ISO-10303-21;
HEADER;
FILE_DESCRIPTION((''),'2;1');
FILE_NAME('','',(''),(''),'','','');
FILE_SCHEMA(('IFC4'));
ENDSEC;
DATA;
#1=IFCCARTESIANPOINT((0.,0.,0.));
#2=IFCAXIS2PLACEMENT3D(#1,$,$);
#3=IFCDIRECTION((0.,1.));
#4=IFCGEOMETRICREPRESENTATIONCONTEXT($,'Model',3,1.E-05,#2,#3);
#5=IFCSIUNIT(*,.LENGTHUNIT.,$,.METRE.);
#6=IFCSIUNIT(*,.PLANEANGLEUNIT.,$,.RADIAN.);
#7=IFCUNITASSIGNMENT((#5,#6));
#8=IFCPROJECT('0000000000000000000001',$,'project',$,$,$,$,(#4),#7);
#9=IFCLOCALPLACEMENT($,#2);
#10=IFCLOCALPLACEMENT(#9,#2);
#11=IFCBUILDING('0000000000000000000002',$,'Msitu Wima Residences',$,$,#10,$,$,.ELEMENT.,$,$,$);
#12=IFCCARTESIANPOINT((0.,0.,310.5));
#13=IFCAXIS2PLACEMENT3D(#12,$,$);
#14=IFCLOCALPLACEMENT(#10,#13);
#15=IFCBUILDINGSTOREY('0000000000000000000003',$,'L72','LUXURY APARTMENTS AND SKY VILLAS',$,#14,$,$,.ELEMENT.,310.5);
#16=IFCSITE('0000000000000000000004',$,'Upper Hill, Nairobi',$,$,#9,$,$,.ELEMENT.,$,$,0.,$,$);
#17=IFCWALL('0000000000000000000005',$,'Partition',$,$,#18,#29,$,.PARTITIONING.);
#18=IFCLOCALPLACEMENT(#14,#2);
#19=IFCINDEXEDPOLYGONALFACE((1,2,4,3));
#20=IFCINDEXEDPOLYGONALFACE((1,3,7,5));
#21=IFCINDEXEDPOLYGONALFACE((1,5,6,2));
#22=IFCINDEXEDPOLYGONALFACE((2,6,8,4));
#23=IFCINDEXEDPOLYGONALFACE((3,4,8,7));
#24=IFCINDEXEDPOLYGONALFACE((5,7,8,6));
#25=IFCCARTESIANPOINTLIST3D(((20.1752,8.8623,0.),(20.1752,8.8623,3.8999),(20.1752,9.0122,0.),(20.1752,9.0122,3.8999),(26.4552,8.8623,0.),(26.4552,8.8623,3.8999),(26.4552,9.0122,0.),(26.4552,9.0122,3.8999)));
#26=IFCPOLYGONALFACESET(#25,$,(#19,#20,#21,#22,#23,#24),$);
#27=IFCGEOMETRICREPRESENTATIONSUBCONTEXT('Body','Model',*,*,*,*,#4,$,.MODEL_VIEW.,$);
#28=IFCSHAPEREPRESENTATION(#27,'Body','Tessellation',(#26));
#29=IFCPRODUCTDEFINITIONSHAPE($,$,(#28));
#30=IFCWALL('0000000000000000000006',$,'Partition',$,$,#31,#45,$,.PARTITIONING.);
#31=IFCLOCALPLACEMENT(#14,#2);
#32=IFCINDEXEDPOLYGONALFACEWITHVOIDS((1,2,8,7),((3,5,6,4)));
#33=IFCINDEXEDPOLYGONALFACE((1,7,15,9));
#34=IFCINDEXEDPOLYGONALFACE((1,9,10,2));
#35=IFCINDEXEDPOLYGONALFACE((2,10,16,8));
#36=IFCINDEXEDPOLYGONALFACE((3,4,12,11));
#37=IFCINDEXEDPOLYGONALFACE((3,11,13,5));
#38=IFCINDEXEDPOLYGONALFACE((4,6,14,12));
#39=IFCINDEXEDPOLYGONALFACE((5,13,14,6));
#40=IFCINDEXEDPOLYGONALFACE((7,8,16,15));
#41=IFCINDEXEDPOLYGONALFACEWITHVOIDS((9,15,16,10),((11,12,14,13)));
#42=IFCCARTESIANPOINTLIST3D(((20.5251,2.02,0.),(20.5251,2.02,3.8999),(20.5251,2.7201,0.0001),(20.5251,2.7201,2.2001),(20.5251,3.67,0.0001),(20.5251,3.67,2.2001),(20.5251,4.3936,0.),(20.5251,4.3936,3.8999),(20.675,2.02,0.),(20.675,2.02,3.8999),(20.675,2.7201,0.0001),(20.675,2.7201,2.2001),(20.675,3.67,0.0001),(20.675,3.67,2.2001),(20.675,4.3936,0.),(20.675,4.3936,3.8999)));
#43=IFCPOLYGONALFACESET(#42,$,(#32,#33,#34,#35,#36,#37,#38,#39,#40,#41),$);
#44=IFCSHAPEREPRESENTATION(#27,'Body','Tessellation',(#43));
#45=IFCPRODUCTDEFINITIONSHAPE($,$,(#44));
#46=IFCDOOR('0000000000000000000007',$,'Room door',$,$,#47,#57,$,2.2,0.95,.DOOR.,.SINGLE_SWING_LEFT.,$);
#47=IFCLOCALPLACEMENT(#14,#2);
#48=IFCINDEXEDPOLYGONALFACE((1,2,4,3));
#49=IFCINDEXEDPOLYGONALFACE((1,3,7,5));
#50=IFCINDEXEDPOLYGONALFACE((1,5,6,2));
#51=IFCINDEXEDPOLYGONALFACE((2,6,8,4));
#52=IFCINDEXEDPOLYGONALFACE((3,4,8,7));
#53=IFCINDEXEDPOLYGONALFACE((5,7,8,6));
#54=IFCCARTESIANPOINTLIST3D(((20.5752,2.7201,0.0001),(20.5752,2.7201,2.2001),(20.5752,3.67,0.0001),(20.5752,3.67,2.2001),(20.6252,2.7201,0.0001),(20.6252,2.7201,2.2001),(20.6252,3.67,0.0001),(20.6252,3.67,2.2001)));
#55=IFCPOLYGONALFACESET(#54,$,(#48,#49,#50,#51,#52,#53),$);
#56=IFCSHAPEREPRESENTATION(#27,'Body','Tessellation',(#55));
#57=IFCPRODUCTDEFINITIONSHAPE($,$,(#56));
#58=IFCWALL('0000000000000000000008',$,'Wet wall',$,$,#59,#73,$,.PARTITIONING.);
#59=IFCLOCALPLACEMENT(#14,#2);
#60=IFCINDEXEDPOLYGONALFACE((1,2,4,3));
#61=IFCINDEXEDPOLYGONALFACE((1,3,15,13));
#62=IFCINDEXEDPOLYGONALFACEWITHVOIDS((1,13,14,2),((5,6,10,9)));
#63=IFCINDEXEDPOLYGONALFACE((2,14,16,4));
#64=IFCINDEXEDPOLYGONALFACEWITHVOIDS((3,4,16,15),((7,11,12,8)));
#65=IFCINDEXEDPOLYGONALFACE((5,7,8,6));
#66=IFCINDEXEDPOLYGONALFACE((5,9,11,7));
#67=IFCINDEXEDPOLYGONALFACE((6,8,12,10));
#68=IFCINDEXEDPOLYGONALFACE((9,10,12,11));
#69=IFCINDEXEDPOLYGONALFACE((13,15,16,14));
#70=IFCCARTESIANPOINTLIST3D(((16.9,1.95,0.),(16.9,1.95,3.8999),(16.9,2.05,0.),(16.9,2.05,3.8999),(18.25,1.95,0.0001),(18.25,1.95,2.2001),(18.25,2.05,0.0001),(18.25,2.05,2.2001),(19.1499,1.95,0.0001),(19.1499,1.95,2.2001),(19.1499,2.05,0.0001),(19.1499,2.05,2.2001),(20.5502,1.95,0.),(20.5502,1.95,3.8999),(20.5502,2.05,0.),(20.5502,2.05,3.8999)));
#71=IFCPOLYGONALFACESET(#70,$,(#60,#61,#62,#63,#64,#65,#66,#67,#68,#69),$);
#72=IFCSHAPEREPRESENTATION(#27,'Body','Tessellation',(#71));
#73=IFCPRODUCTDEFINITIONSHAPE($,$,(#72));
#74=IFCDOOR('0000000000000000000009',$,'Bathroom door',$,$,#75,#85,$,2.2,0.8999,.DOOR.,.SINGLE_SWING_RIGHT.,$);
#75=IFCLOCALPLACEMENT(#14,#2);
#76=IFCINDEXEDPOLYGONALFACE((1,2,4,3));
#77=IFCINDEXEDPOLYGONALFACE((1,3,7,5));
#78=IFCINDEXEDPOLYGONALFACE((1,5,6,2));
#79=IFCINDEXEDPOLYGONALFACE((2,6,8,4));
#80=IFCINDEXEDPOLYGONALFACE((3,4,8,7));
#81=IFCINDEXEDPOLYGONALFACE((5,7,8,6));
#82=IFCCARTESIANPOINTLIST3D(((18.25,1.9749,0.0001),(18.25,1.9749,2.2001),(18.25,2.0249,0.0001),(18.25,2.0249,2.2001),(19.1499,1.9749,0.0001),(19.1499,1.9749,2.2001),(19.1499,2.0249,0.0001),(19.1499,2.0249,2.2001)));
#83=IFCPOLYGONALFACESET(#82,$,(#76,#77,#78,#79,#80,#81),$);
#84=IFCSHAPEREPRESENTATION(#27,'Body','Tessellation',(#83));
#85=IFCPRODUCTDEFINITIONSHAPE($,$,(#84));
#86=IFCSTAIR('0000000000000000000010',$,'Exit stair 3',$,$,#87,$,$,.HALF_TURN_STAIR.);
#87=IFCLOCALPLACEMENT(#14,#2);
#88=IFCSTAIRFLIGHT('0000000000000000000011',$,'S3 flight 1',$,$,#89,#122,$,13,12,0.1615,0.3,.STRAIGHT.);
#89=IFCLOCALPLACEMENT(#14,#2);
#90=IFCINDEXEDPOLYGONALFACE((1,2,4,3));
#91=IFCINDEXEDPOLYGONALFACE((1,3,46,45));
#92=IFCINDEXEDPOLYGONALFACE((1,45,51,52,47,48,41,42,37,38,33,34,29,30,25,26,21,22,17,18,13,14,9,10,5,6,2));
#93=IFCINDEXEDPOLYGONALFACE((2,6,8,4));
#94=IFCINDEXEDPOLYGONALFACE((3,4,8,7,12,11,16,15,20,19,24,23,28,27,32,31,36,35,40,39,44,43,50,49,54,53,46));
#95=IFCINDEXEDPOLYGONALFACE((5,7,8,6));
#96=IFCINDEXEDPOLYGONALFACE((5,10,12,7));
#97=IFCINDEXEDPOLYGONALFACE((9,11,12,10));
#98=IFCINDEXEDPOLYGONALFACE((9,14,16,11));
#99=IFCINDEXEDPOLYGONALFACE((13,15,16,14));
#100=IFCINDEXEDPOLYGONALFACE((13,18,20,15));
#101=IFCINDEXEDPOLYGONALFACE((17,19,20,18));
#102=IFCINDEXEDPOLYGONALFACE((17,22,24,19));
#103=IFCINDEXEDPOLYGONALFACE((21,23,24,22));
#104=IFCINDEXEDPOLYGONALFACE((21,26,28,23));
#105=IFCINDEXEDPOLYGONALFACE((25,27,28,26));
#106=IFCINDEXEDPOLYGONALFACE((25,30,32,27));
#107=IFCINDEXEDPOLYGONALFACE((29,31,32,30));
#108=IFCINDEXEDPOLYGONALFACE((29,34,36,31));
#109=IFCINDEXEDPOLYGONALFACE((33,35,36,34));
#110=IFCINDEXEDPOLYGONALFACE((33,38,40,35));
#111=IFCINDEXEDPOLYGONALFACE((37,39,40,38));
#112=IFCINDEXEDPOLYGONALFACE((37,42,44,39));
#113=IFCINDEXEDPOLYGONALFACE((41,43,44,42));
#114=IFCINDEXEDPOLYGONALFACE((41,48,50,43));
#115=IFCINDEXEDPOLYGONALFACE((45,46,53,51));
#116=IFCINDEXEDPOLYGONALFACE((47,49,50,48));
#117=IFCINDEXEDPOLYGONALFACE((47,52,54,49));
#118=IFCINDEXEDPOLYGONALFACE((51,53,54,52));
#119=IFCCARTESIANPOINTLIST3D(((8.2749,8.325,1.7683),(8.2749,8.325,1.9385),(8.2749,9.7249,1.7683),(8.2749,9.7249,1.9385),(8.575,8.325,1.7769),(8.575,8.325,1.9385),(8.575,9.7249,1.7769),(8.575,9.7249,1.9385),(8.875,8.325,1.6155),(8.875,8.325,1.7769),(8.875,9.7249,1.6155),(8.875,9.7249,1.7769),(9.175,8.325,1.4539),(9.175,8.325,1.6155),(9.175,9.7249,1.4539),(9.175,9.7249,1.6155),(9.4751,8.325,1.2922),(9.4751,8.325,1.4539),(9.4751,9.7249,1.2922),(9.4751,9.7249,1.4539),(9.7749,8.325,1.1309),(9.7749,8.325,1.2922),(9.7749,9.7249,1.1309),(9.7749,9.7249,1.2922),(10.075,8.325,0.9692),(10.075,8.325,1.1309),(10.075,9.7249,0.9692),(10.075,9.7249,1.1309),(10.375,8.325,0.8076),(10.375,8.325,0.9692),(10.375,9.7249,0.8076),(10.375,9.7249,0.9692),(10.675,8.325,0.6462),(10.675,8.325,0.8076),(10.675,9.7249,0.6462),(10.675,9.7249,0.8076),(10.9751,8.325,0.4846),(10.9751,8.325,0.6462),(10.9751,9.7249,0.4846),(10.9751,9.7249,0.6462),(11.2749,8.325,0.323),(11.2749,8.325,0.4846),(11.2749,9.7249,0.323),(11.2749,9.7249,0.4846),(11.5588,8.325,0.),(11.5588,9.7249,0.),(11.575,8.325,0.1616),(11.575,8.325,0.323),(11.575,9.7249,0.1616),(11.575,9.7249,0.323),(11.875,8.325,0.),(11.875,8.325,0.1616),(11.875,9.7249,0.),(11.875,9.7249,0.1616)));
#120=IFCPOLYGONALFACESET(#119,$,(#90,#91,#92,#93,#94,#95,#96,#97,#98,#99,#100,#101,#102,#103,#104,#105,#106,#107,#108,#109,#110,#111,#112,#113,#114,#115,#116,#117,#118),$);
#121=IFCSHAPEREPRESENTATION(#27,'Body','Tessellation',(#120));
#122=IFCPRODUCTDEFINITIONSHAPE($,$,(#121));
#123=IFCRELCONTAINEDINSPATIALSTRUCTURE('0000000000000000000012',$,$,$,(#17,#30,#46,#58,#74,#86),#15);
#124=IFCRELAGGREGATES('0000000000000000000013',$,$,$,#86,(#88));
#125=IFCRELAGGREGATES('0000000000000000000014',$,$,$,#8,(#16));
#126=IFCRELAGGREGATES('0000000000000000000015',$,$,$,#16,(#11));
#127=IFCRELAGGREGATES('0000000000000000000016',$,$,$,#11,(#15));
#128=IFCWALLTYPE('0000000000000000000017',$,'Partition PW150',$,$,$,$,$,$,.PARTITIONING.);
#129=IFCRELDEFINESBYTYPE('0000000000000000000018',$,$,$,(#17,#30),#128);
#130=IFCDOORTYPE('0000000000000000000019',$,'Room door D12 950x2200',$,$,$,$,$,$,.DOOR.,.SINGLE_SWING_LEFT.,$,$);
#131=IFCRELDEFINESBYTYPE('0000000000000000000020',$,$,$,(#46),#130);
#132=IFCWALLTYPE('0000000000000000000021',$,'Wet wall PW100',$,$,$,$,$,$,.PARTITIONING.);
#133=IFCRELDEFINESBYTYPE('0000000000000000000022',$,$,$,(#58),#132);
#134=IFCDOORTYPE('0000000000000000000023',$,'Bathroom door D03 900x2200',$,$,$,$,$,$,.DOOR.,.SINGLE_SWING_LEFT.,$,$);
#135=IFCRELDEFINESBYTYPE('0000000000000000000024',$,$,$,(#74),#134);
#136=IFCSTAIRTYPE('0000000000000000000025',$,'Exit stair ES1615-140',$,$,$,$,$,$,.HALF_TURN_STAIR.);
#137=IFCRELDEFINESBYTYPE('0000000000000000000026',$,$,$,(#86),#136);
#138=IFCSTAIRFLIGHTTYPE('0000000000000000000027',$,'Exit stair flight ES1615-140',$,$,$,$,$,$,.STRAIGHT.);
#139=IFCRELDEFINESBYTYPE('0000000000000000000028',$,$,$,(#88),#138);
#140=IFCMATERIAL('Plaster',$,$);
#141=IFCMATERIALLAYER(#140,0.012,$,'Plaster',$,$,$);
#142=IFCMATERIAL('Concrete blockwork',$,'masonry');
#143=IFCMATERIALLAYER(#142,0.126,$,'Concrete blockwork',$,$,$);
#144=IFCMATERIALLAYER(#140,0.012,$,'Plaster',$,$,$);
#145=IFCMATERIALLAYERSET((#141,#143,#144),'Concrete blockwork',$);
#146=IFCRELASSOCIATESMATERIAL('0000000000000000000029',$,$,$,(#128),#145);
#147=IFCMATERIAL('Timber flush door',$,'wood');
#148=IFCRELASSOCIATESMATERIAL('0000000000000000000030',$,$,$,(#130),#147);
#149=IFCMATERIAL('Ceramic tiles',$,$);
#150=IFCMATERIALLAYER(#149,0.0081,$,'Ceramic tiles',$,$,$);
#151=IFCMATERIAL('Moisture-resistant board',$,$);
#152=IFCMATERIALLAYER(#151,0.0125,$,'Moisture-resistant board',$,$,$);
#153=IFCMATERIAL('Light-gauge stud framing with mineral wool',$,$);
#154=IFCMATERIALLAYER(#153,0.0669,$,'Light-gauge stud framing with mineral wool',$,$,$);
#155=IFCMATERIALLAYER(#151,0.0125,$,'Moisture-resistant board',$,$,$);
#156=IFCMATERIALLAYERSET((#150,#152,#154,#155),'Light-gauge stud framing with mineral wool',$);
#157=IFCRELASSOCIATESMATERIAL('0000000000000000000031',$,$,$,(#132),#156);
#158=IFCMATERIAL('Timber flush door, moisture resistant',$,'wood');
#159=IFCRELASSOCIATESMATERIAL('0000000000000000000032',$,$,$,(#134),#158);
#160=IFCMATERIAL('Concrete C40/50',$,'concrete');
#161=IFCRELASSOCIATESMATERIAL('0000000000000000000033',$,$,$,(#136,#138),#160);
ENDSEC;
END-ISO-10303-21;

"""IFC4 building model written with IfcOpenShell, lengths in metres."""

from ifc_helpers import new_model, si_unit, direction, frame, frame_2d, origin, place, context, subcontext, project, spatial, polyline, rectangle, outline, extrude, material, layer, layer_set, type_object, element, fill, aggregate, save


model = new_model("IFC4")

# Units and contexts
model_context = context("Model", 3, precision=1e-05, world=origin(), true_north=direction((0.0, 1.0)))
body_context = subcontext(model_context, "Body", "Model", "MODEL_VIEW")
ifc_project = project(units=[si_unit("LENGTHUNIT", "METRE"), si_unit("PLANEANGLEUNIT", "RADIAN")], contexts=[model_context])

# Site, building, storey
site_placement = place(None, origin())
site = spatial("IfcSite", under=ifc_project, at=site_placement, Name="Upper Hill, Nairobi", CompositionType="ELEMENT", RefElevation=0.0)
building_placement = place(site_placement, origin())
building = spatial("IfcBuilding", under=site, at=building_placement, Name="Msitu Wima Residences", CompositionType="ELEMENT")
storey_placement = place(building_placement, frame((0.0, 0.0, 310.5)))
storey = spatial("IfcBuildingStorey", under=building, at=storey_placement, Name="L72", Description="LUXURY APARTMENTS AND SKY VILLAS", CompositionType="ELEMENT", Elevation=310.5)

# Shared definitions
ifc_material_1 = material(Name="Concrete C40/50", Category="concrete")

# Shared definitions
ifc_material_2 = material(Name="Plaster")
ifc_material_3 = material(Name="Concrete blockwork", Category="masonry")

# Shared definitions
ifc_layer_1 = layer(ifc_material_2, 0.012, Name="Plaster")
ifc_layer_2 = layer(ifc_material_3, 0.126, Name="Concrete blockwork")
ifc_layer_3 = layer(ifc_material_2, 0.012, Name="Plaster")
ifc_layer_set_1 = layer_set([ifc_layer_1, ifc_layer_2, ifc_layer_3], Name="Concrete blockwork")
wall_type_1 = type_object("IfcWallType", Name="Partition PW150", PredefinedType="PARTITIONING", material=ifc_layer_set_1)
ifc_material_4 = material(Name="Timber flush door", Category="wood")
door_type_1 = type_object("IfcDoorType", Name="Room door D12 950x2200", OperationType="SINGLE_SWING_LEFT", PredefinedType="DOOR", material=ifc_material_4)

# Wall
wall_1_placement = place(storey_placement, frame((20.175, 8.9373, 0.0), z_axis=(0.0, 0.0, 1.0), x_axis=(1.0, 0.0, 0.0)))
element("IfcWall", 1, at=wall_1_placement, inside=storey, type_object=wall_type_1, Name="Partition", PredefinedType="PARTITIONING", context=body_context, shape_type="SweptSolid", body=[
    extrude(rectangle(XDim=6.28, YDim=0.1499, at=frame_2d((3.1401, 0.0))), origin(), (0.0, 0.0, 1.0), 3.8999),
])

# Walls, openings, doors
wall_2_placement = place(storey_placement, frame((20.6001, 2.02, 0.0), z_axis=(0.0, 0.0, 1.0), x_axis=(0.0, 1.0, 0.0)))
wall_2 = element("IfcWall", 2, at=wall_2_placement, inside=storey, type_object=wall_type_1, Name="Partition", PredefinedType="PARTITIONING", context=body_context, shape_type="SweptSolid", body=[
    extrude(rectangle(XDim=2.3735, YDim=0.1499, at=frame_2d((1.1868, 0.0))), origin(), (0.0, 0.0, 1.0), 3.8999),
])
opening_1_placement = place(wall_2_placement, frame((0.7, 0.0, 0.0)))
opening_1 = element("IfcOpeningElement", 3, at=opening_1_placement, cuts=wall_2, PredefinedType="OPENING", context=body_context, shape_type="SweptSolid", body=[
    extrude(rectangle(XDim=0.95, YDim=2.2, at=frame_2d((0.4751, 1.1001))), frame((0.0, 0.085, 0.0), z_axis=(0.0, -1.0, 0.0), x_axis=(1.0, 0.0, 0.0)), (0.0, 0.0, 1.0), 0.1699),
])
door_1_placement = place(opening_1_placement, origin())
door_1 = element("IfcDoor", 4, at=door_1_placement, inside=storey, type_object=door_type_1, Name="Room door", OperationType="SINGLE_SWING_LEFT", OverallHeight=2.2, OverallWidth=0.95, PredefinedType="DOOR", context=body_context, shape_type="SweptSolid", body=[
    extrude(rectangle(XDim=0.95, YDim=2.2, at=frame_2d((0.4751, 1.1001))), frame((0.0, 0.0249, 0.0), z_axis=(0.0, -1.0, 0.0), x_axis=(1.0, 0.0, 0.0)), (0.0, 0.0, 1.0), 0.05),
])
fill(opening_1, door_1)
ifc_material_5 = material(Name="Ceramic tiles")
ifc_layer_4 = layer(ifc_material_5, 0.0081, Name="Ceramic tiles")
ifc_material_6 = material(Name="Moisture-resistant board")
ifc_layer_5 = layer(ifc_material_6, 0.0125, Name="Moisture-resistant board")
ifc_material_7 = material(Name="Light-gauge stud framing with mineral wool")
ifc_layer_6 = layer(ifc_material_7, 0.0669, Name="Light-gauge stud framing with mineral wool")
ifc_layer_7 = layer(ifc_material_6, 0.0125, Name="Moisture-resistant board")
ifc_layer_set_2 = layer_set([ifc_layer_4, ifc_layer_5, ifc_layer_6, ifc_layer_7], Name="Light-gauge stud framing with mineral wool")
wall_type_2 = type_object("IfcWallType", Name="Wet wall PW100", PredefinedType="PARTITIONING", material=ifc_layer_set_2)
wall_3_placement = place(storey_placement, frame((16.8999, 2.0, 0.0), z_axis=(0.0, 0.0, 1.0), x_axis=(1.0, 0.0, 0.0)))
wall_3 = element("IfcWall", 5, at=wall_3_placement, inside=storey, type_object=wall_type_2, Name="Wet wall", PredefinedType="PARTITIONING", context=body_context, shape_type="SweptSolid", body=[
    extrude(rectangle(XDim=3.6501, YDim=0.1001, at=frame_2d((1.8252, 0.0))), origin(), (0.0, 0.0, 1.0), 3.8999),
])
opening_2_placement = place(wall_3_placement, frame((1.3501, 0.0, 0.0)))
opening_2 = element("IfcOpeningElement", 6, at=opening_2_placement, cuts=wall_3, PredefinedType="OPENING", context=body_context, shape_type="SweptSolid", body=[
    extrude(rectangle(XDim=0.8999, YDim=2.2, at=frame_2d((0.45, 1.1001))), frame((0.0, 0.0601, 0.0), z_axis=(0.0, -1.0, 0.0), x_axis=(1.0, 0.0, 0.0)), (0.0, 0.0, 1.0), 0.1201),
])
ifc_material_8 = material(Name="Timber flush door, moisture resistant", Category="wood")
door_type_2 = type_object("IfcDoorType", Name="Bathroom door D03 900x2200", OperationType="SINGLE_SWING_LEFT", PredefinedType="DOOR", material=ifc_material_8)
door_2_placement = place(opening_2_placement, origin())
door_2 = element("IfcDoor", 7, at=door_2_placement, inside=storey, type_object=door_type_2, Name="Bathroom door", OperationType="SINGLE_SWING_RIGHT", OverallHeight=2.2, OverallWidth=0.8999, PredefinedType="DOOR", context=body_context, shape_type="SweptSolid", body=[
    extrude(rectangle(XDim=0.8999, YDim=2.2, at=frame_2d((0.45, 1.1001))), frame((0.0, 0.0249, 0.0), z_axis=(0.0, -1.0, 0.0), x_axis=(1.0, 0.0, 0.0)), (0.0, 0.0, 1.0), 0.05),
])
fill(opening_2, door_2)

# Stair, stair flight
stair_type = type_object("IfcStairType", Name="Exit stair ES1615-140", PredefinedType="HALF_TURN_STAIR", material=ifc_material_1)
stair_placement = place(storey_placement, origin())
stair = element("IfcStair", 8, at=stair_placement, inside=storey, type_object=stair_type, Name="Exit stair 3", PredefinedType="HALF_TURN_STAIR")
stair_flight_type = type_object("IfcStairFlightType", Name="Exit stair flight ES1615-140", PredefinedType="STRAIGHT", material=ifc_material_1)
stair_flight_placement = place(storey_placement, frame((11.875, 9.0249, 0.0), z_axis=(0.0, 0.0, 1.0), x_axis=(-1.0, 0.0, 0.0)))
stair_flight = element("IfcStairFlight", 9, at=stair_flight_placement, type_object=stair_flight_type, Name="S3 flight 1", NumberOfRisers=13, NumberOfTreads=12, PredefinedType="STRAIGHT", RiserHeight=0.1615, TreadLength=0.3, context=body_context, shape_type="SweptSolid", body=[
    extrude(outline(polyline([(0.0, 0.0), (0.0, 0.1616), (0.3, 0.1616), (0.3, 0.323), (0.6001, 0.323), (0.6001, 0.4846), (0.8999, 0.4846), (0.8999, 0.6462), (1.2, 0.6462), (1.2, 0.8076), (1.5, 0.8076), (1.5, 0.9692), (1.8, 0.9692), (1.8, 1.1309), (2.1001, 1.1309), (2.1001, 1.2922), (2.3999, 1.2922), (2.3999, 1.4539), (2.7, 1.4539), (2.7, 1.6155), (3.0, 1.6155), (3.0, 1.7769), (3.3, 1.7769), (3.3, 1.9385), (3.6001, 1.9385), (3.6001, 2.1001), (3.6001, 1.7683), (0.3162, 0.0), (0.0, 0.0)])), frame((0.0, 0.7, 0.0), z_axis=(0.0, -1.0, 0.0), x_axis=(1.0, 0.0, 0.0)), (0.0, 0.0, 1.0), 1.3999),
])
aggregate(stair, [stair_flight])

save(model, "model.ifc")
